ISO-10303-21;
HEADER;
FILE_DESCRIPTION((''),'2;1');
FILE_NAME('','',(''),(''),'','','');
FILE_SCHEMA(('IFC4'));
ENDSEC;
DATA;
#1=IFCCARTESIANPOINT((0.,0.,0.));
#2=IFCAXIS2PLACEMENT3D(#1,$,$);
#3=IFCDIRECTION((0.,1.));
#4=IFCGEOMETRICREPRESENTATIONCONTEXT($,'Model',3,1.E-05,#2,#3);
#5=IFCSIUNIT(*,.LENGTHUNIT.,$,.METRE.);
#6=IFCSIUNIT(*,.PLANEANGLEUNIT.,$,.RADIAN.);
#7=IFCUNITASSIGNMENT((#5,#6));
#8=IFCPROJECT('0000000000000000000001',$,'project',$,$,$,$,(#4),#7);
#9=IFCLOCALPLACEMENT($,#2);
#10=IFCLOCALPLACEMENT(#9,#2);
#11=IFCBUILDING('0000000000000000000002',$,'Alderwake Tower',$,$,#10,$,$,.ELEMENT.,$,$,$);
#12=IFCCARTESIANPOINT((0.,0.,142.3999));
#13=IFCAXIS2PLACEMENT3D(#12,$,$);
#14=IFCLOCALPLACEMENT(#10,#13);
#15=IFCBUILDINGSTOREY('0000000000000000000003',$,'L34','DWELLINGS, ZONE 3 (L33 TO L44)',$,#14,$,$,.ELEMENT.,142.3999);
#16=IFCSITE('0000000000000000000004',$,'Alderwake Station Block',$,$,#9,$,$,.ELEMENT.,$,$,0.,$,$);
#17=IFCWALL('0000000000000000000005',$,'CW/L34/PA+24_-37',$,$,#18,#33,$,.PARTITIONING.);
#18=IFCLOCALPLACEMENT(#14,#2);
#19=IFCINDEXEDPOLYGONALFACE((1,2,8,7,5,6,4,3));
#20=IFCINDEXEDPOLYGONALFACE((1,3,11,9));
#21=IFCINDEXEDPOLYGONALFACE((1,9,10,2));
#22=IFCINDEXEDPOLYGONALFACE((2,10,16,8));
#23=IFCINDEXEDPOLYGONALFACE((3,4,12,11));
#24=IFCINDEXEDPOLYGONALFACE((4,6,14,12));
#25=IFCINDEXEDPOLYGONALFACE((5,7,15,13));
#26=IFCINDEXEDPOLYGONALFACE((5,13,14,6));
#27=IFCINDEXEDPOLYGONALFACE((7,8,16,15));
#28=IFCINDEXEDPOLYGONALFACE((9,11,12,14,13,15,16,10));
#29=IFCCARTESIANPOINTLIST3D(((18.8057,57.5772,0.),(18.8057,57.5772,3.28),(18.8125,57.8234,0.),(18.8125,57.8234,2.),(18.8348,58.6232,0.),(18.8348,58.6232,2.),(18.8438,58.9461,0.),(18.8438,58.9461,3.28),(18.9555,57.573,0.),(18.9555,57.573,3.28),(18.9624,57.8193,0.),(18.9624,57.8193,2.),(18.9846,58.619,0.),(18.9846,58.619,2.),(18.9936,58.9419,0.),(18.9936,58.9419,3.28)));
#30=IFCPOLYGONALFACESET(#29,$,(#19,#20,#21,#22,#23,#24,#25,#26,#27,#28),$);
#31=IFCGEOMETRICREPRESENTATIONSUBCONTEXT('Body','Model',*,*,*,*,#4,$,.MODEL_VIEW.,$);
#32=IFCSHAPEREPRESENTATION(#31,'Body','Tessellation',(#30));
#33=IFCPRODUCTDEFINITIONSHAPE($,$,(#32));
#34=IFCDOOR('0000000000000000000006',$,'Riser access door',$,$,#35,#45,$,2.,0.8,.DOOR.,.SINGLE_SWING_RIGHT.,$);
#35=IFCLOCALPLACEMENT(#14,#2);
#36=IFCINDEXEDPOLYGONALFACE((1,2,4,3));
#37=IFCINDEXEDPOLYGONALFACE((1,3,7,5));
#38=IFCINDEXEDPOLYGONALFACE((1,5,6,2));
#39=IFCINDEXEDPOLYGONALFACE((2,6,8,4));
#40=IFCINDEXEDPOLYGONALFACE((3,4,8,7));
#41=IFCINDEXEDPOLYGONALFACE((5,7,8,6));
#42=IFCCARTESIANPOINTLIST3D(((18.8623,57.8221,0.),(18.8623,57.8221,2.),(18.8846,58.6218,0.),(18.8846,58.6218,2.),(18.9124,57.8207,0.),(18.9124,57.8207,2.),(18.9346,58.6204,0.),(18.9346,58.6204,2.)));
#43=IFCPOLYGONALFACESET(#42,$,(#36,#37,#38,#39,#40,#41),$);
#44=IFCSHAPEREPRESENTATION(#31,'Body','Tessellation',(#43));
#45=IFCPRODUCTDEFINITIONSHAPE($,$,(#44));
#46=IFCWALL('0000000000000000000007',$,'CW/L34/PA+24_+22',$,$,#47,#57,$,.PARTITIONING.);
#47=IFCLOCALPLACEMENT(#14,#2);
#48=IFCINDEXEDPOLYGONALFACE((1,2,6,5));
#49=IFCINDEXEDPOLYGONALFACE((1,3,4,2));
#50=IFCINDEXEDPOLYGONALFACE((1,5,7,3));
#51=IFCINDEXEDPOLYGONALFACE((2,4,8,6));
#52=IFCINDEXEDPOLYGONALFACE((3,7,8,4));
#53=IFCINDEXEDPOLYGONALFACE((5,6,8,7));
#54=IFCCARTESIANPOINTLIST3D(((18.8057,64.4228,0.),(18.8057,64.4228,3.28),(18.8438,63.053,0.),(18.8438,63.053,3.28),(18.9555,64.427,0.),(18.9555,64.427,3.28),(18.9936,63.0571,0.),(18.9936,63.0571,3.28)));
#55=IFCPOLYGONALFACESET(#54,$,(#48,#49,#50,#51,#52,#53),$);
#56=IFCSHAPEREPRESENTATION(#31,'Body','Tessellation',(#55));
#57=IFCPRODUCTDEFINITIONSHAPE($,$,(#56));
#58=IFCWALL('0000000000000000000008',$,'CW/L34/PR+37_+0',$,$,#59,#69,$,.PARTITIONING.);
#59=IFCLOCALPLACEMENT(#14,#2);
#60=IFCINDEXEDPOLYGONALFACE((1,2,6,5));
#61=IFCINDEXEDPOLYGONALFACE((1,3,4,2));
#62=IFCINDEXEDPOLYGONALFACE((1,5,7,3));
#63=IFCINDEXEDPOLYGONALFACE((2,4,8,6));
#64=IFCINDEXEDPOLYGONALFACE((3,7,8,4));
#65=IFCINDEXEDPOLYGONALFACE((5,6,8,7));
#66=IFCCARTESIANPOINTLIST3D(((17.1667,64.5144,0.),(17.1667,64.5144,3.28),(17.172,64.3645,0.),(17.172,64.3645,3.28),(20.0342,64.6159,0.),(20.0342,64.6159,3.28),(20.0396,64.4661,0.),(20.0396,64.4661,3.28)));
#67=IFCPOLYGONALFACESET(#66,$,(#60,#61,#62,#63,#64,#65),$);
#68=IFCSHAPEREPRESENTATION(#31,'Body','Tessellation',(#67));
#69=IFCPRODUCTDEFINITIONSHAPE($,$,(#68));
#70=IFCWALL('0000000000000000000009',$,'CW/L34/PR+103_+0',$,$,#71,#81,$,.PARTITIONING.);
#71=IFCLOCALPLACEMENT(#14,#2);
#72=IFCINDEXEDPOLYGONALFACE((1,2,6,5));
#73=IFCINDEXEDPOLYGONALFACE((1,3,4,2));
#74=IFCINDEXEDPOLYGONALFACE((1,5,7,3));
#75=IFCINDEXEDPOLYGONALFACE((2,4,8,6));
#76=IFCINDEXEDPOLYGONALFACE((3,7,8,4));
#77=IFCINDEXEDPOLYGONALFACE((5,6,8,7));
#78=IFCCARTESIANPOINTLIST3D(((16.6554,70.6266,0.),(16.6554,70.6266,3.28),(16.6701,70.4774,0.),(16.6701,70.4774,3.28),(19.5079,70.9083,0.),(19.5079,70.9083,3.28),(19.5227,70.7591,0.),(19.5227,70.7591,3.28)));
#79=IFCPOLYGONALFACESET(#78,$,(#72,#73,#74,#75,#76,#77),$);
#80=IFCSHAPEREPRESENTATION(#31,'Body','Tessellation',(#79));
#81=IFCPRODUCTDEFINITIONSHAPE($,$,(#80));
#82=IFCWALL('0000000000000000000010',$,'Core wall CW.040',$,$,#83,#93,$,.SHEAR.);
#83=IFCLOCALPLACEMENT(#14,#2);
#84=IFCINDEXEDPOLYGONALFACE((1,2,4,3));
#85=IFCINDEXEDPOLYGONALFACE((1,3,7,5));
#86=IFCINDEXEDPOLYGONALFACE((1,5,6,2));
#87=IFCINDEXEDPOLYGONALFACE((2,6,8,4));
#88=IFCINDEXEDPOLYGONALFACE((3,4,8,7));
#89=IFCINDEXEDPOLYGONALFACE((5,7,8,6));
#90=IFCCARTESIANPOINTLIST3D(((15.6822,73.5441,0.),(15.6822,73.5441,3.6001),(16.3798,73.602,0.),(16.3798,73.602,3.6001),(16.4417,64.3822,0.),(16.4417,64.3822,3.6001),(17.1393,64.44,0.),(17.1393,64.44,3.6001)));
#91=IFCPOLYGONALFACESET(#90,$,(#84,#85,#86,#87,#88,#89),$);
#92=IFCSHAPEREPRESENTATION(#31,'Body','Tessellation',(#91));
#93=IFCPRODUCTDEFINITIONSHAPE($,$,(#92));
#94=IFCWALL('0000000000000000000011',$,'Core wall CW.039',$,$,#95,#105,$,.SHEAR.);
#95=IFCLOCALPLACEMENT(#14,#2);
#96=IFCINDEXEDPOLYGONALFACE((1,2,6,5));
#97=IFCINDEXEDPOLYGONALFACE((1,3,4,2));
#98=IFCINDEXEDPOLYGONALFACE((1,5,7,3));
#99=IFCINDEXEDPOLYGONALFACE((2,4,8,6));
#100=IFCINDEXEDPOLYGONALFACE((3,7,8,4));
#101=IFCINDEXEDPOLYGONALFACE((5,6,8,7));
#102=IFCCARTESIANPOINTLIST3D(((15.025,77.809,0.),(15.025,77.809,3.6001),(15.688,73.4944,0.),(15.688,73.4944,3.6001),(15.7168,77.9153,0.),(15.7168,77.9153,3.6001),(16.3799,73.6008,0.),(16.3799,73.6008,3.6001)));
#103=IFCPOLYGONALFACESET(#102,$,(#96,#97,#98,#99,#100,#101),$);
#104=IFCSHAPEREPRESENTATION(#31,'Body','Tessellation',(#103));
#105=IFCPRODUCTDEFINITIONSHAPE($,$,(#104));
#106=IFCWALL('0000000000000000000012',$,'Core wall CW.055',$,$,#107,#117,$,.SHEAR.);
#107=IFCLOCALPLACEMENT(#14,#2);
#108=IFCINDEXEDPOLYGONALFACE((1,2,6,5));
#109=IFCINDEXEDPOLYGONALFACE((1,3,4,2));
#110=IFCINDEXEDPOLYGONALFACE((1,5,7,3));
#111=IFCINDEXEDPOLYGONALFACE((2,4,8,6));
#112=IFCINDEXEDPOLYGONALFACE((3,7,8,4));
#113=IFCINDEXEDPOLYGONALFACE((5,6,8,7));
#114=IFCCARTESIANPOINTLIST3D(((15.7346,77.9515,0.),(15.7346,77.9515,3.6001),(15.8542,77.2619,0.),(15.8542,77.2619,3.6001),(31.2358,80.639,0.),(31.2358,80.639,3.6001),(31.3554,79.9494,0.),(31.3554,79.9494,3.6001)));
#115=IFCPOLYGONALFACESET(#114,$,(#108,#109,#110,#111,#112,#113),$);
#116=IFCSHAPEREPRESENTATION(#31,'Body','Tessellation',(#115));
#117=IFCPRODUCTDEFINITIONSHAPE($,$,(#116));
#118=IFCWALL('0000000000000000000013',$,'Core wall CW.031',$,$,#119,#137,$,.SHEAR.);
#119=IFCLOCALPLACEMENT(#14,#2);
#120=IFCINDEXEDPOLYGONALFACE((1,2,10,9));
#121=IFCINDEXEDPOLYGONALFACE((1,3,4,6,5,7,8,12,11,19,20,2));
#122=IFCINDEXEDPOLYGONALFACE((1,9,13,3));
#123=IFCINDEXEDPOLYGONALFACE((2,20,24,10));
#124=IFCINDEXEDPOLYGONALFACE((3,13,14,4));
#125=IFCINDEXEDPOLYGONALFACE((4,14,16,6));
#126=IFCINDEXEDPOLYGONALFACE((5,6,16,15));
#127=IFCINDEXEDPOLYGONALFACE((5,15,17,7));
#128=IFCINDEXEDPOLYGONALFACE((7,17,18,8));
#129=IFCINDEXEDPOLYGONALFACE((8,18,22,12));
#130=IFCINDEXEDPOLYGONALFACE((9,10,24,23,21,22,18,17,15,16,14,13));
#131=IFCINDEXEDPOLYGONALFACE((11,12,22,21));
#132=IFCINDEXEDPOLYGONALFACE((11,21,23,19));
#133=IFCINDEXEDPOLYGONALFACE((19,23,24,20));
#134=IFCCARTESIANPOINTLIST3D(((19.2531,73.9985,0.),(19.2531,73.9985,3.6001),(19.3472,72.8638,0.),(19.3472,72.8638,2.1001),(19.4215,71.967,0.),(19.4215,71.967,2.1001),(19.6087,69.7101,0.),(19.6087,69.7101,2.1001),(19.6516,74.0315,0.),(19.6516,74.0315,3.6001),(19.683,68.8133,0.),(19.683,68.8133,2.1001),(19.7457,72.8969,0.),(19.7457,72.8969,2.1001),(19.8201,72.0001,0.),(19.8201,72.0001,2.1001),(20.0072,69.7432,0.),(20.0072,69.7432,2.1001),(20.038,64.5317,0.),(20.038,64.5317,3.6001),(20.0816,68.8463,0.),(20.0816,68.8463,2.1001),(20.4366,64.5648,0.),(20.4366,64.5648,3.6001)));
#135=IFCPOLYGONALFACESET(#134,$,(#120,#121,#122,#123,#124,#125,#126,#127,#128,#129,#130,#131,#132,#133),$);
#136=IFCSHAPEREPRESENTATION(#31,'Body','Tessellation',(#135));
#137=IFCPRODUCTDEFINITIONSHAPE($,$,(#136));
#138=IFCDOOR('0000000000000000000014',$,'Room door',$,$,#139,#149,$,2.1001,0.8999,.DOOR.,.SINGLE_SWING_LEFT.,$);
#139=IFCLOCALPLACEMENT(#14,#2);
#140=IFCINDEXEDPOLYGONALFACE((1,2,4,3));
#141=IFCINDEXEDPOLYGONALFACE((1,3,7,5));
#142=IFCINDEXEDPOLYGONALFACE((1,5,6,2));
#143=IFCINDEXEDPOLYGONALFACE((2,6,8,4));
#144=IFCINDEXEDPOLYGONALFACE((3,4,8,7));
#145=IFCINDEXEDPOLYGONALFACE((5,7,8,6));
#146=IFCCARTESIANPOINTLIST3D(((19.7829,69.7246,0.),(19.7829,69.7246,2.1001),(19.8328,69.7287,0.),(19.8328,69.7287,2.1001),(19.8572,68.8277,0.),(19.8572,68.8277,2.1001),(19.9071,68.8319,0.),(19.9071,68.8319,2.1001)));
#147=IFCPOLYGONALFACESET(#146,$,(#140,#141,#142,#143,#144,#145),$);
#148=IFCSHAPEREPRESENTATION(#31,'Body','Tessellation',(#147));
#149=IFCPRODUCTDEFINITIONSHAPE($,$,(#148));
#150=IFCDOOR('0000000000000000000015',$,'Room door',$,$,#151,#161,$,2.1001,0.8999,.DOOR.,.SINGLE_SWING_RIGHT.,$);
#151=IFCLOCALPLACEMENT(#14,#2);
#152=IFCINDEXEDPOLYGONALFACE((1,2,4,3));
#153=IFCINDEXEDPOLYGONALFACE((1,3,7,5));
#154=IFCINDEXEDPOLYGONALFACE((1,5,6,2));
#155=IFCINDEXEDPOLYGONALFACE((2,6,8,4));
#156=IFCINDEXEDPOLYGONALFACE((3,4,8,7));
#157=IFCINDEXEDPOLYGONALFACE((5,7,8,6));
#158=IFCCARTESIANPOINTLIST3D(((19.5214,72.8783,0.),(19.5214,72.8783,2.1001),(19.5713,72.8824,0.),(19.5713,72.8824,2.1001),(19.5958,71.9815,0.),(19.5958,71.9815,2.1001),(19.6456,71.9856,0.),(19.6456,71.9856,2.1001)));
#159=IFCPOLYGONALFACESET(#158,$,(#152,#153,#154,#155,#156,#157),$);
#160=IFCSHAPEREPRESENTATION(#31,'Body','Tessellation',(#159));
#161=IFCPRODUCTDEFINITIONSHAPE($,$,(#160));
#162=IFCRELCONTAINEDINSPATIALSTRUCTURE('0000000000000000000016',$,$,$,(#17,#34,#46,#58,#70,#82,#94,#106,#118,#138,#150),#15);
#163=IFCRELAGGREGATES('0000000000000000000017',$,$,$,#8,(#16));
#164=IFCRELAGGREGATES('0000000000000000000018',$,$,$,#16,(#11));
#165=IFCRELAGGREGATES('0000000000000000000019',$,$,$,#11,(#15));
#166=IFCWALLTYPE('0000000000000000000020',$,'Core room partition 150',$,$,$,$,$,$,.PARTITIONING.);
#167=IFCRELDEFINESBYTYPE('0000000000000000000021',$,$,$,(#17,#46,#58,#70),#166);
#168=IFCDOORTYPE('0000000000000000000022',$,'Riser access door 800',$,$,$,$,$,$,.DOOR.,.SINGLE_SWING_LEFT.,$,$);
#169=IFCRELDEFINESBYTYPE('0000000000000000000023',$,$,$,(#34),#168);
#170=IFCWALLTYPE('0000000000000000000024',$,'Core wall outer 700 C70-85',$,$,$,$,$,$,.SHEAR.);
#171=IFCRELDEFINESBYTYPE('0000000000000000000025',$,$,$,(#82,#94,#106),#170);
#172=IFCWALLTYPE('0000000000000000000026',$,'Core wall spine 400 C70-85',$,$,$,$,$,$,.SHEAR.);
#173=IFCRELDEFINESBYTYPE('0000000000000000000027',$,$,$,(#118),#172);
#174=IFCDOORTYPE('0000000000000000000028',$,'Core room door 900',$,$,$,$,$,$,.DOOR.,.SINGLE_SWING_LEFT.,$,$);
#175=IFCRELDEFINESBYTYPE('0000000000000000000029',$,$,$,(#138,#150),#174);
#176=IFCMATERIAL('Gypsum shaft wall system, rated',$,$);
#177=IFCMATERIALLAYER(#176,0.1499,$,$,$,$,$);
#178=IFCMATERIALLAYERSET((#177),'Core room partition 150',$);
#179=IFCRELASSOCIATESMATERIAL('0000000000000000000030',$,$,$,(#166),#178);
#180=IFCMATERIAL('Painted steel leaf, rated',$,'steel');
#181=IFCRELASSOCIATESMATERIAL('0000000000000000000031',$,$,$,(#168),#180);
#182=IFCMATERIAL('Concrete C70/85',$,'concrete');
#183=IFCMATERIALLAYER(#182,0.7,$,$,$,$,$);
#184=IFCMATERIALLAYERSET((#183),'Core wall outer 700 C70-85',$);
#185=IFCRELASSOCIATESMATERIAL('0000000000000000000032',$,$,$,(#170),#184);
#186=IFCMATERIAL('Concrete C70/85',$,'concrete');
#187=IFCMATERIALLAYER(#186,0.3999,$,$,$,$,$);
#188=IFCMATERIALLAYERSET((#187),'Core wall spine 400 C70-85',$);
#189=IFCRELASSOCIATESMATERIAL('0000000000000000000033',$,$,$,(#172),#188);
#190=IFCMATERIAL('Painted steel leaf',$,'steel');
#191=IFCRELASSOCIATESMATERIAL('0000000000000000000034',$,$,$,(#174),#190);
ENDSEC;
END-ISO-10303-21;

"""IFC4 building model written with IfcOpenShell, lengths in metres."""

from ifc_helpers import new_model, si_unit, direction, frame, frame_2d, origin, place, context, subcontext, project, spatial, rectangle, extrude, material, layer, layer_set, type_object, element, fill, save


model = new_model("IFC4")

# Units and contexts
model_context = context("Model", 3, precision=1e-05, world=origin(), true_north=direction((0.0, 1.0)))
body_context = subcontext(model_context, "Body", "Model", "MODEL_VIEW")
ifc_project = project(units=[si_unit("LENGTHUNIT", "METRE"), si_unit("PLANEANGLEUNIT", "RADIAN")], contexts=[model_context])

# Site, building, storey
site_placement = place(None, origin())
site = spatial("IfcSite", under=ifc_project, at=site_placement, Name="Alderwake Station Block", CompositionType="ELEMENT", RefElevation=0.0)
building_placement = place(site_placement, origin())
building = spatial("IfcBuilding", under=site, at=building_placement, Name="Alderwake Tower", CompositionType="ELEMENT")
storey_placement = place(building_placement, frame((0.0, 0.0, 142.3999)))
storey = spatial("IfcBuildingStorey", under=building, at=storey_placement, Name="L34", Description="DWELLINGS, ZONE 3 (L33 TO L44)", CompositionType="ELEMENT", Elevation=142.3999)

# Wall, opening, door
ifc_material_1 = material(Name="Gypsum shaft wall system, rated")
ifc_layer_1 = layer(ifc_material_1, 0.1499)
ifc_layer_set_1 = layer_set([ifc_layer_1], Name="Core room partition 150")
wall_type_1 = type_object("IfcWallType", Name="Core room partition 150", PredefinedType="PARTITIONING", material=ifc_layer_set_1)
wall_1_placement = place(storey_placement, frame((18.9187, 58.9438, 0.0), z_axis=(0.0, 0.0, 1.0), x_axis=(-0.027812, -0.999613, 0.0)))
wall_1 = element("IfcWall", 1, at=wall_1_placement, inside=storey, type_object=wall_type_1, Name="CW/L34/PA+24_-37", PredefinedType="PARTITIONING", context=body_context, shape_type="SweptSolid", body=[
    extrude(rectangle(XDim=1.3694, YDim=0.1499, at=frame_2d((0.6846, 0.0))), origin(), (0.0, 0.0, 1.0), 3.28),
])
opening_1_placement = place(wall_1_placement, frame((0.323, 0.0, 0.0)))
opening_1 = element("IfcOpeningElement", 2, at=opening_1_placement, cuts=wall_1, PredefinedType="OPENING", context=body_context, shape_type="SweptSolid", body=[
    extrude(rectangle(XDim=0.8, YDim=2.0, at=frame_2d((0.3999, 1.0))), frame((0.0, 0.085, 0.0), z_axis=(0.0, -1.0, 0.0), x_axis=(1.0, 0.0, 0.0)), (0.0, 0.0, 1.0), 0.1699),
])
ifc_material_2 = material(Name="Painted steel leaf, rated", Category="steel")
door_type_1 = type_object("IfcDoorType", Name="Riser access door 800", OperationType="SINGLE_SWING_LEFT", PredefinedType="DOOR", material=ifc_material_2)
door_1_placement = place(opening_1_placement, origin())
door_1 = element("IfcDoor", 3, at=door_1_placement, inside=storey, type_object=door_type_1, Name="Riser access door", OperationType="SINGLE_SWING_RIGHT", OverallHeight=2.0, OverallWidth=0.8, PredefinedType="DOOR", context=body_context, shape_type="SweptSolid", body=[
    extrude(rectangle(XDim=0.8, YDim=2.0, at=frame_2d((0.3999, 1.0))), frame((0.0, 0.0249, 0.0), z_axis=(0.0, -1.0, 0.0), x_axis=(1.0, 0.0, 0.0)), (0.0, 0.0, 1.0), 0.05),
])
fill(opening_1, door_1)

# Walls
wall_2_placement = place(storey_placement, frame((18.9187, 63.0552, 0.0), z_axis=(0.0, 0.0, 1.0), x_axis=(-0.027792, 0.999614, 0.0)))
element("IfcWall", 4, at=wall_2_placement, inside=storey, type_object=wall_type_1, Name="CW/L34/PA+24_+22", PredefinedType="PARTITIONING", context=body_context, shape_type="SweptSolid", body=[
    extrude(rectangle(XDim=1.3704, YDim=0.1499, at=frame_2d((0.6851, 0.0))), origin(), (0.0, 0.0, 1.0), 3.28),
])
wall_3_placement = place(storey_placement, frame((17.1694, 64.4395, 0.0), z_axis=(0.0, 0.0, 1.0), x_axis=(0.999373, 0.035394, 0.0)))
element("IfcWall", 5, at=wall_3_placement, inside=storey, type_object=wall_type_1, Name="CW/L34/PR+37_+0", PredefinedType="PARTITIONING", context=body_context, shape_type="SweptSolid", body=[
    extrude(rectangle(XDim=2.8694, YDim=0.1499, at=frame_2d((1.4346, 0.0))), origin(), (0.0, 0.0, 1.0), 3.28),
])
wall_4_placement = place(storey_placement, frame((16.6628, 70.552, 0.0), z_axis=(0.0, 0.0, 1.0), x_axis=(0.995158, 0.098289, 0.0)))
element("IfcWall", 6, at=wall_4_placement, inside=storey, type_object=wall_type_1, Name="CW/L34/PR+103_+0", PredefinedType="PARTITIONING", context=body_context, shape_type="SweptSolid", body=[
    extrude(rectangle(XDim=2.8665, YDim=0.1499, at=frame_2d((1.4331, 0.0))), origin(), (0.0, 0.0, 1.0), 3.28),
])
ifc_material_3 = material(Name="Concrete C70/85", Category="concrete")
ifc_layer_2 = layer(ifc_material_3, 0.7)
ifc_layer_set_2 = layer_set([ifc_layer_2], Name="Core wall outer 700 C70-85")
wall_type_2 = type_object("IfcWallType", Name="Core wall outer 700 C70-85", PredefinedType="SHEAR", material=ifc_layer_set_2)
wall_5_placement = place(storey_placement, frame((16.7905, 64.4111, 0.0), z_axis=(0.0, 0.0, 1.0), x_axis=(-0.082617, 0.996581, 0.0)))
element("IfcWall", 7, at=wall_5_placement, inside=storey, type_object=wall_type_2, Name="Core wall CW.040", PredefinedType="SHEAR", context=body_context, shape_type="SweptSolid", body=[
    extrude(rectangle(XDim=9.1934, YDim=0.7, at=frame_2d((4.5967, 0.0))), origin(), (0.0, 0.0, 1.0), 3.6001),
])
wall_6_placement = place(storey_placement, frame((16.0339, 73.5476, 0.0), z_axis=(0.0, 0.0, 1.0), x_axis=(-0.151897, 0.988396, 0.0)))
element("IfcWall", 8, at=wall_6_placement, inside=storey, type_object=wall_type_2, Name="Core wall CW.039", PredefinedType="SHEAR", context=body_context, shape_type="SweptSolid", body=[
    extrude(rectangle(XDim=4.3652, YDim=0.7, at=frame_2d((2.1826, 0.0))), origin(), (0.0, 0.0, 1.0), 3.6001),
])
wall_7_placement = place(storey_placement, frame((15.7944, 77.6067, 0.0), z_axis=(0.0, 0.0, 1.0), x_axis=(0.985301, 0.170825, 0.0)))
element("IfcWall", 9, at=wall_7_placement, inside=storey, type_object=wall_type_2, Name="Core wall CW.055", PredefinedType="SHEAR", context=body_context, shape_type="SweptSolid", body=[
    extrude(rectangle(XDim=15.7324, YDim=0.7, at=frame_2d((7.8662, 0.0))), origin(), (0.0, 0.0, 1.0), 3.6001),
])

# Wall, openings, doors
ifc_material_4 = material(Name="Concrete C70/85", Category="concrete")
ifc_layer_3 = layer(ifc_material_4, 0.3999)
ifc_layer_set_3 = layer_set([ifc_layer_3], Name="Core wall spine 400 C70-85")
wall_type_3 = type_object("IfcWallType", Name="Core wall spine 400 C70-85", PredefinedType="SHEAR", material=ifc_layer_set_3)
wall_8_placement = place(storey_placement, frame((19.4524, 74.0149, 0.0), z_axis=(0.0, 0.0, 1.0), x_axis=(0.082629, -0.99658, 0.0)))
wall_8 = element("IfcWall", 10, at=wall_8_placement, inside=storey, type_object=wall_type_3, Name="Core wall CW.031", PredefinedType="SHEAR", context=body_context, shape_type="SweptSolid", body=[
    extrude(rectangle(XDim=9.4993, YDim=0.3999, at=frame_2d((4.7495, 0.0))), origin(), (0.0, 0.0, 1.0), 3.6001),
])
opening_2_placement = place(wall_8_placement, frame((4.303, 0.0, 0.0)))
opening_2 = element("IfcOpeningElement", 11, at=opening_2_placement, cuts=wall_8, PredefinedType="OPENING", context=body_context, shape_type="SweptSolid", body=[
    extrude(rectangle(XDim=0.8999, YDim=2.1001, at=frame_2d((0.45, 1.05))), frame((0.0, 0.21, 0.0), z_axis=(0.0, -1.0, 0.0), x_axis=(1.0, 0.0, 0.0)), (0.0, 0.0, 1.0), 0.4199),
])
opening_3_placement = place(wall_8_placement, frame((1.1384, 0.0, 0.0)))
opening_3 = element("IfcOpeningElement", 12, at=opening_3_placement, cuts=wall_8, PredefinedType="OPENING", context=body_context, shape_type="SweptSolid", body=[
    extrude(rectangle(XDim=0.8999, YDim=2.1001, at=frame_2d((0.45, 1.05))), frame((0.0, 0.21, 0.0), z_axis=(0.0, -1.0, 0.0), x_axis=(1.0, 0.0, 0.0)), (0.0, 0.0, 1.0), 0.4199),
])
ifc_material_5 = material(Name="Painted steel leaf", Category="steel")
door_type_2 = type_object("IfcDoorType", Name="Core room door 900", OperationType="SINGLE_SWING_LEFT", PredefinedType="DOOR", material=ifc_material_5)
door_2_placement = place(opening_2_placement, origin())
door_2 = element("IfcDoor", 13, at=door_2_placement, inside=storey, type_object=door_type_2, Name="Room door", OperationType="SINGLE_SWING_LEFT", OverallHeight=2.1001, OverallWidth=0.8999, PredefinedType="DOOR", context=body_context, shape_type="SweptSolid", body=[
    extrude(rectangle(XDim=0.8999, YDim=2.1001, at=frame_2d((0.45, 1.05))), frame((0.0, 0.0249, 0.0), z_axis=(0.0, -1.0, 0.0), x_axis=(1.0, 0.0, 0.0)), (0.0, 0.0, 1.0), 0.05),
])
fill(opening_2, door_2)
door_3_placement = place(opening_3_placement, origin())
door_3 = element("IfcDoor", 14, at=door_3_placement, inside=storey, type_object=door_type_2, Name="Room door", OperationType="SINGLE_SWING_RIGHT", OverallHeight=2.1001, OverallWidth=0.8999, PredefinedType="DOOR", context=body_context, shape_type="SweptSolid", body=[
    extrude(rectangle(XDim=0.8999, YDim=2.1001, at=frame_2d((0.45, 1.05))), frame((0.0, 0.0249, 0.0), z_axis=(0.0, -1.0, 0.0), x_axis=(1.0, 0.0, 0.0)), (0.0, 0.0, 1.0), 0.05),
])
fill(opening_3, door_3)

save(model, "model.ifc")
